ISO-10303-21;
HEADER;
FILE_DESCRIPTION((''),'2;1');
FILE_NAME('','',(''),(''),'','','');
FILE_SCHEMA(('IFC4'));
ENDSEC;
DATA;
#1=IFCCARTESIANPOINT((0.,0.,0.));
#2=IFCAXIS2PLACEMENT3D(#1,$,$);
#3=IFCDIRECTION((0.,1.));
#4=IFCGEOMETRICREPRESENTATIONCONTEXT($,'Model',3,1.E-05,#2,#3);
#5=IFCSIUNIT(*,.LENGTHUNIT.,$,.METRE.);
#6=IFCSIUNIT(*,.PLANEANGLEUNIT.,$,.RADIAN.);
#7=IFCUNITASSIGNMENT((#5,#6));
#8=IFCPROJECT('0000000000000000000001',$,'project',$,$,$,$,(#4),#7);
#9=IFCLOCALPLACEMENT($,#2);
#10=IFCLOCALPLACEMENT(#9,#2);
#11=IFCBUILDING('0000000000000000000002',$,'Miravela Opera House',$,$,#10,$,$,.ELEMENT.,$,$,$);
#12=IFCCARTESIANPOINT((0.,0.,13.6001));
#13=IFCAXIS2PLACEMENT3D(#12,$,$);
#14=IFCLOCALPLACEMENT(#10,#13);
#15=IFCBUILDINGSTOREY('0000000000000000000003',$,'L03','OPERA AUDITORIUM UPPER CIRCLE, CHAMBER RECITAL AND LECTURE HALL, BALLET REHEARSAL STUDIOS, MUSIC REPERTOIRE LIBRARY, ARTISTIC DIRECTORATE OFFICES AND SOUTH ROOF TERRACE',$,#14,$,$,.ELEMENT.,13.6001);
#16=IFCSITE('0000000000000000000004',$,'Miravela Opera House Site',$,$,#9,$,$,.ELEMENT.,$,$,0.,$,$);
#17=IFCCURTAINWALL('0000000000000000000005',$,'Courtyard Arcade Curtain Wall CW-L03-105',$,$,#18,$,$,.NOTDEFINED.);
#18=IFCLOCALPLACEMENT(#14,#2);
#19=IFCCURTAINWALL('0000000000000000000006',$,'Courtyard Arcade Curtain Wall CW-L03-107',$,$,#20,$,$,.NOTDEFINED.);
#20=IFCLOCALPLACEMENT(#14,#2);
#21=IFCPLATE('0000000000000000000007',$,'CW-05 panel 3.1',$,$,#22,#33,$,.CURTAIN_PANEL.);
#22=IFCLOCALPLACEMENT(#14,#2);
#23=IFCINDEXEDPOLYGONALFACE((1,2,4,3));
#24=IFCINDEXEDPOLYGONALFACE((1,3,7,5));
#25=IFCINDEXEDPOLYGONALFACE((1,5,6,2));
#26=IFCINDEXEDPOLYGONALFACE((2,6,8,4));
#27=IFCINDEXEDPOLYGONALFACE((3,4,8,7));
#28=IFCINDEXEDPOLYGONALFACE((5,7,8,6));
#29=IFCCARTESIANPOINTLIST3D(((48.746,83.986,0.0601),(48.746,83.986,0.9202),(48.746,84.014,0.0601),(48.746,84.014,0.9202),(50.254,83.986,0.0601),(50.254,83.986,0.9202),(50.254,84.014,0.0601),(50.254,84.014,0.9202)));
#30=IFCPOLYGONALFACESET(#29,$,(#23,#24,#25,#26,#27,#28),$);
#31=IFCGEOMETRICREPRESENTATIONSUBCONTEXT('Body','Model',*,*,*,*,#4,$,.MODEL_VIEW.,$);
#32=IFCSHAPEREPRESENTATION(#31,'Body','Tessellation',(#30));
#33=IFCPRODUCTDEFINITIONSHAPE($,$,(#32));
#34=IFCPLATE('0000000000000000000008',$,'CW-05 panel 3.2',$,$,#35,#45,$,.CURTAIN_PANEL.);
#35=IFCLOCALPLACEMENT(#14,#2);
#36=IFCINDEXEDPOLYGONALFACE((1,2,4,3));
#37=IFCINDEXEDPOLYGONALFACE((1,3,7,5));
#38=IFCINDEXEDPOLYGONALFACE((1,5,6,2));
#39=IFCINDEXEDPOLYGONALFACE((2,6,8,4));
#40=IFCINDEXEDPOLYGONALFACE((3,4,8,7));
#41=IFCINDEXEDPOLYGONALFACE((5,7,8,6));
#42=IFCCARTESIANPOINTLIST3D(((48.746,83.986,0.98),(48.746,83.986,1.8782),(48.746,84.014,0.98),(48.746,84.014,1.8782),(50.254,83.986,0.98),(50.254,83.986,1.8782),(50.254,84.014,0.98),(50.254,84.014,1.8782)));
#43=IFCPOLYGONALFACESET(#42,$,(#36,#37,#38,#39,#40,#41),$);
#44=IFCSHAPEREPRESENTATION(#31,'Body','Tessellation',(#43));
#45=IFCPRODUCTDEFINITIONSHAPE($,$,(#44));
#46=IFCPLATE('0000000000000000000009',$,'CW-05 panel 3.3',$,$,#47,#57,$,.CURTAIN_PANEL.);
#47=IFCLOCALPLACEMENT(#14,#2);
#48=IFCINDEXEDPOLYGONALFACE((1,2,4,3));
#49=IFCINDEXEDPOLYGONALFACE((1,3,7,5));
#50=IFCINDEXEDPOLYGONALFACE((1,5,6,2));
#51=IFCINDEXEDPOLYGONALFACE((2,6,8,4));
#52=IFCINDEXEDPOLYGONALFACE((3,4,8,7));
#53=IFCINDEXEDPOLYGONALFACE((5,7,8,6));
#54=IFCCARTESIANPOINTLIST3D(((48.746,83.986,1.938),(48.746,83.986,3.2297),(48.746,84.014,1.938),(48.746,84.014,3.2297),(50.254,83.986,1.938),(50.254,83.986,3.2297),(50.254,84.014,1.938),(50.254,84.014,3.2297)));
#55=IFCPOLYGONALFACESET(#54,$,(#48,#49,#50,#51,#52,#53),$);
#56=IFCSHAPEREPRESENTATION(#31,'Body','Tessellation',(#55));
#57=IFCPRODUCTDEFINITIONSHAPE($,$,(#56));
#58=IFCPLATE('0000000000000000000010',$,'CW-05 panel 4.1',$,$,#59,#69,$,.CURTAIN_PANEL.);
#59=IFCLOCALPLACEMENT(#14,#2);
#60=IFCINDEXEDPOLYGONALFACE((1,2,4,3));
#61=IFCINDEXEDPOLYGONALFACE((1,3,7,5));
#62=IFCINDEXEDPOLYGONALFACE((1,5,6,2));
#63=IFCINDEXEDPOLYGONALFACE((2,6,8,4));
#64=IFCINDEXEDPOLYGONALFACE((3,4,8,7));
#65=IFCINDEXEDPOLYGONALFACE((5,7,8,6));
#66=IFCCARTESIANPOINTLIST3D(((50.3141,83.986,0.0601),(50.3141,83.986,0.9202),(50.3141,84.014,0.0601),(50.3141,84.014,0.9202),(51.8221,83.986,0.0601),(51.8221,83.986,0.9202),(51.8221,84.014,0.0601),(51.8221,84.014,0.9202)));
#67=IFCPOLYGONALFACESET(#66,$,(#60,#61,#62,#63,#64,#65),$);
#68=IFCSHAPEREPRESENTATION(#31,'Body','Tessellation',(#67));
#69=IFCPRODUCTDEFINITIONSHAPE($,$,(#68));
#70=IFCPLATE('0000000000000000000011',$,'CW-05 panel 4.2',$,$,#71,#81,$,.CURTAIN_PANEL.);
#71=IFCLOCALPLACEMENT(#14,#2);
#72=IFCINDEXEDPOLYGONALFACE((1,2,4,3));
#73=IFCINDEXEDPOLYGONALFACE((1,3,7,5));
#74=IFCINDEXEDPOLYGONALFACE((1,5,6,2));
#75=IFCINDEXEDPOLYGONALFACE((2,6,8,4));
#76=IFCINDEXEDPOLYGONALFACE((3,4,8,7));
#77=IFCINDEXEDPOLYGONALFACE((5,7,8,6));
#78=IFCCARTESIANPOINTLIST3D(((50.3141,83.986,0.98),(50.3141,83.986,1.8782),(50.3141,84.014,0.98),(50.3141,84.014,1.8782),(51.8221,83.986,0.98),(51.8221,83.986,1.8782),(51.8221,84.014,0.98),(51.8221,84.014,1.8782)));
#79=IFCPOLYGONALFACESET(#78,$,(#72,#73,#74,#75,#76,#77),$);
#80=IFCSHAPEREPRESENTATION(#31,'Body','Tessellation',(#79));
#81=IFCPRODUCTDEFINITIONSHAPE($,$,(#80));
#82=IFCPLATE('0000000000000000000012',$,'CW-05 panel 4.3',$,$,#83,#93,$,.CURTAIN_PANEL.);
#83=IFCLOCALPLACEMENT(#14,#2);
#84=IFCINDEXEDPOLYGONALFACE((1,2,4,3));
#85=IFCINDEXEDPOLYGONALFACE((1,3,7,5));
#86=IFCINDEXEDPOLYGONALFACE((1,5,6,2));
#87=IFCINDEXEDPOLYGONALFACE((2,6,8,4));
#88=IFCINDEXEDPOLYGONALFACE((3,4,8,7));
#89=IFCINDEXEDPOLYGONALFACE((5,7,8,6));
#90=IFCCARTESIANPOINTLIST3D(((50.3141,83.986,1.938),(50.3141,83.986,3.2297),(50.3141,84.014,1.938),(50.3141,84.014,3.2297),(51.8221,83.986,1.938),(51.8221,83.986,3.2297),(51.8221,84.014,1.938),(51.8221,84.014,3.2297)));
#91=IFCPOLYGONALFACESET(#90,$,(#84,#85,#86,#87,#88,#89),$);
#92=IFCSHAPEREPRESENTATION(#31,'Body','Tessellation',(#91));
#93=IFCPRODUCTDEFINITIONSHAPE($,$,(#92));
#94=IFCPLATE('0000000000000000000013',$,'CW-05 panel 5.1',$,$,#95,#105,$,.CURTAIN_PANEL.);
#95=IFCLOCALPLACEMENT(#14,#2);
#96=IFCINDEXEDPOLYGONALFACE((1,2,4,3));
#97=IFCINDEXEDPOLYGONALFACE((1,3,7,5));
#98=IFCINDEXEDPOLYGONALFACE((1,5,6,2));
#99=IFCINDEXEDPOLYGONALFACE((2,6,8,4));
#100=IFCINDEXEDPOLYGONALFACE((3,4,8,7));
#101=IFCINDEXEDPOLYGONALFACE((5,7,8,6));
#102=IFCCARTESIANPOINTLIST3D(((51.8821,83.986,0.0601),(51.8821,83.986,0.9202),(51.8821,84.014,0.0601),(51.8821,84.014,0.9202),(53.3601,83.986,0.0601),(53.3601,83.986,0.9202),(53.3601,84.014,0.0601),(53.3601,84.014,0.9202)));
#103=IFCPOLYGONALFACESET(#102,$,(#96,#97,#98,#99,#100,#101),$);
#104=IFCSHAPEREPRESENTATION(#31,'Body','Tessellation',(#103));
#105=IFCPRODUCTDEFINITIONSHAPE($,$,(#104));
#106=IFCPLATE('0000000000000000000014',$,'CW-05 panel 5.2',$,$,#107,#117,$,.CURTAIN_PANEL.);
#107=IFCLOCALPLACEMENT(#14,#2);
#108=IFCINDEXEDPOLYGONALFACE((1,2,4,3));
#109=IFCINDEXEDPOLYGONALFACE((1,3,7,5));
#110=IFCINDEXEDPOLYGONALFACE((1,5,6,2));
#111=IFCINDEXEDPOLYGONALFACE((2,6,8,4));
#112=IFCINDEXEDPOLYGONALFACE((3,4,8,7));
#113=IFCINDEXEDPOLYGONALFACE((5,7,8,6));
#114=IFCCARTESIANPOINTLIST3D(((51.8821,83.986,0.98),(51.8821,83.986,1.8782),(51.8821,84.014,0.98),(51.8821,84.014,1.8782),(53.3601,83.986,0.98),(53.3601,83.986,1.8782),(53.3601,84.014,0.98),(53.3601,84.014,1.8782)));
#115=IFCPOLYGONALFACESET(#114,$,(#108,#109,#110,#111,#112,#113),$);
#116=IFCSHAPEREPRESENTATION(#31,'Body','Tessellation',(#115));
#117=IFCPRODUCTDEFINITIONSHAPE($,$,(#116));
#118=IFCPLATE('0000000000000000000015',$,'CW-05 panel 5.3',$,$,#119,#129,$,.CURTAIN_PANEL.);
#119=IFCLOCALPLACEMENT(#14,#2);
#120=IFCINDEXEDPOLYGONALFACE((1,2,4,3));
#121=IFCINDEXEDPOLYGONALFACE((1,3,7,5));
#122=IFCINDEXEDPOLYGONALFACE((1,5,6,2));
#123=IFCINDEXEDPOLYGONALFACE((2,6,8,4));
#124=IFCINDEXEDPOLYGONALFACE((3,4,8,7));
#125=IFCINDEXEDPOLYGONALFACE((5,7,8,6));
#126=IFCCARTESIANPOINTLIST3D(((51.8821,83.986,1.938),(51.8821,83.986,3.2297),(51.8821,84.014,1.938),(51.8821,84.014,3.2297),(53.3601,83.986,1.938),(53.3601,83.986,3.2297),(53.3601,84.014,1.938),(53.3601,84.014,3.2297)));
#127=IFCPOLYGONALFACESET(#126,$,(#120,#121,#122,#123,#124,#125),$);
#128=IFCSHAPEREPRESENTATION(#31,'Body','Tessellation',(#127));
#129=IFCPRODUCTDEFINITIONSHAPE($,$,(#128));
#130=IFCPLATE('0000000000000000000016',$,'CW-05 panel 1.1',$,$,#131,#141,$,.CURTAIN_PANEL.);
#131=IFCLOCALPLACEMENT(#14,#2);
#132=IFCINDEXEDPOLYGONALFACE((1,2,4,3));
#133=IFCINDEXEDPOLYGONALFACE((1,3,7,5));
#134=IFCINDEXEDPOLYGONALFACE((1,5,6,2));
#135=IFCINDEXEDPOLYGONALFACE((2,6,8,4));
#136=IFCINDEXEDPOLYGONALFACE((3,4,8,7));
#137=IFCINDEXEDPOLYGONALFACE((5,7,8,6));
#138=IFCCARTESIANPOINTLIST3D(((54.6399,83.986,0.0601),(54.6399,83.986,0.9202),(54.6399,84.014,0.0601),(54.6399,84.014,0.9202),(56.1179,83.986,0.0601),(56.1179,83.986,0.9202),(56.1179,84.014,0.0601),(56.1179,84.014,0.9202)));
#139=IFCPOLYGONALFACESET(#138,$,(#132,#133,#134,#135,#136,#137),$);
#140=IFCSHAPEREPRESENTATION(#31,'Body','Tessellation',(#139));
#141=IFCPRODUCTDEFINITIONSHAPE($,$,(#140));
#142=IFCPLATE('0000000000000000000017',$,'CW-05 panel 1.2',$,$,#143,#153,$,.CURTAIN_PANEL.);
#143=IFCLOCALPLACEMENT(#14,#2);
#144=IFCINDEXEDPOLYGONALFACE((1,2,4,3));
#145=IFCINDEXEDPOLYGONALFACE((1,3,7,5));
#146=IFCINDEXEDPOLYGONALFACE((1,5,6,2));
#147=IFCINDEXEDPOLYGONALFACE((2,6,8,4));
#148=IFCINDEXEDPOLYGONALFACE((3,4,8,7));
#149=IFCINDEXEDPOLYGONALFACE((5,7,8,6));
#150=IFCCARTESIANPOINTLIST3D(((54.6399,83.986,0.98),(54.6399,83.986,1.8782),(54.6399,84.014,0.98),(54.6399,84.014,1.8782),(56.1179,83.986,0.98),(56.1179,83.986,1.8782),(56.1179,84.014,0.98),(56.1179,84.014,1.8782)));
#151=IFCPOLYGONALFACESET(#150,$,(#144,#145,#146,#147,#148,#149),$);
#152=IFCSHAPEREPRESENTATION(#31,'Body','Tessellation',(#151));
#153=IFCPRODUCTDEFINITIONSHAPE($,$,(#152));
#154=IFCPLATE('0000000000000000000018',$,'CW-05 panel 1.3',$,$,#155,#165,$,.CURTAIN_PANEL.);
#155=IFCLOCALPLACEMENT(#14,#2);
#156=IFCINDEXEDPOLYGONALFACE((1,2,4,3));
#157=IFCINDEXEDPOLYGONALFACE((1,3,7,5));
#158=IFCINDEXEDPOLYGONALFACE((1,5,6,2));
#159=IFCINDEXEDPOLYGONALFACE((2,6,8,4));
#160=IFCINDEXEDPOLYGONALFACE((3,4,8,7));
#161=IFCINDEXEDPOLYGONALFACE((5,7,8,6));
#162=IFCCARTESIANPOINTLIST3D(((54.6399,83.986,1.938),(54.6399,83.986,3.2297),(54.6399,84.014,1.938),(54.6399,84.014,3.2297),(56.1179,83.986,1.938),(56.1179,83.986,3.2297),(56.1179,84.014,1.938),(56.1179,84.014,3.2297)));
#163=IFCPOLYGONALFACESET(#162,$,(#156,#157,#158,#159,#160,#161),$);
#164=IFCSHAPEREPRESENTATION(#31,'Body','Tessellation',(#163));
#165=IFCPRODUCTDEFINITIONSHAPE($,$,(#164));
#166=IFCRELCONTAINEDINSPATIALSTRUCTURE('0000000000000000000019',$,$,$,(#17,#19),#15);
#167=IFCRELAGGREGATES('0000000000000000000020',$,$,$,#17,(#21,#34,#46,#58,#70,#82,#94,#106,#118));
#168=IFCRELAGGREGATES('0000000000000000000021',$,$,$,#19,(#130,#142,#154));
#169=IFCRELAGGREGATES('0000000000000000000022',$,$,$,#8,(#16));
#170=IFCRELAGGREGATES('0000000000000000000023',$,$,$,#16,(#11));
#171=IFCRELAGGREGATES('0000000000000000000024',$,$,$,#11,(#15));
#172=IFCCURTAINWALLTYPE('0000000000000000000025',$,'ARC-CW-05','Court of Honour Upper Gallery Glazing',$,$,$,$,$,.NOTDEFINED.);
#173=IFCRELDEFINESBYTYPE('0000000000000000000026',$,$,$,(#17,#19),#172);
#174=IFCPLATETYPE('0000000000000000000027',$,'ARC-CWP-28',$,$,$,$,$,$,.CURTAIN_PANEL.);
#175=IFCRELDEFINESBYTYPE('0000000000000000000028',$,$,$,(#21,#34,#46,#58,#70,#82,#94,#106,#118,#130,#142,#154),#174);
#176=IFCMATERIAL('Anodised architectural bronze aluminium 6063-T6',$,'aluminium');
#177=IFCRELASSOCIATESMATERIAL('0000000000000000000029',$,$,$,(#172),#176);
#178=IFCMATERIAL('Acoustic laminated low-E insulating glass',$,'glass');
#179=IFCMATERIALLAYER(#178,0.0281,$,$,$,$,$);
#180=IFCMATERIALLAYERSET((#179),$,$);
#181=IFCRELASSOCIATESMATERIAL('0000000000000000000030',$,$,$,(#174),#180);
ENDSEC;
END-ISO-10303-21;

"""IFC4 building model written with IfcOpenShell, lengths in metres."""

from ifc_helpers import new_model, si_unit, direction, frame, origin, origin_2d, place, context, subcontext, project, spatial, rectangle, extrude, material, layer, layer_set, type_object, element, aggregate, save


model = new_model("IFC4")

# Units and contexts
model_context = context("Model", 3, precision=1e-05, world=origin(), true_north=direction((0.0, 1.0)))
body_context = subcontext(model_context, "Body", "Model", "MODEL_VIEW")
ifc_project = project(units=[si_unit("LENGTHUNIT", "METRE"), si_unit("PLANEANGLEUNIT", "RADIAN")], contexts=[model_context])

# Site, building, storey
site_placement = place(None, origin())
site = spatial("IfcSite", under=ifc_project, at=site_placement, Name="Miravela Opera House Site", CompositionType="ELEMENT", RefElevation=0.0)
building_placement = place(site_placement, origin())
building = spatial("IfcBuilding", under=site, at=building_placement, Name="Miravela Opera House", CompositionType="ELEMENT")
storey_placement = place(building_placement, frame((0.0, 0.0, 13.6001)))
storey = spatial("IfcBuildingStorey", under=building, at=storey_placement, Name="L03", Description="OPERA AUDITORIUM UPPER CIRCLE, CHAMBER RECITAL AND LECTURE HALL, BALLET REHEARSAL STUDIOS, MUSIC REPERTOIRE LIBRARY, ARTISTIC DIRECTORATE OFFICES AND SOUTH ROOF TERRACE", CompositionType="ELEMENT", Elevation=13.6001)

# Curtain walls
ifc_material_1 = material(Name="Anodised architectural bronze aluminium 6063-T6", Category="aluminium")
curtain_wall_type = type_object("IfcCurtainWallType", Name="ARC-CW-05", Description="Court of Honour Upper Gallery Glazing", PredefinedType="NOTDEFINED", material=ifc_material_1)
curtain_wall_1_placement = place(storey_placement, origin())
curtain_wall_1 = element("IfcCurtainWall", 1, at=curtain_wall_1_placement, inside=storey, type_object=curtain_wall_type, Name="Courtyard Arcade Curtain Wall CW-L03-105", PredefinedType="NOTDEFINED")
curtain_wall_2_placement = place(storey_placement, origin())
curtain_wall_2 = element("IfcCurtainWall", 2, at=curtain_wall_2_placement, inside=storey, type_object=curtain_wall_type, Name="Courtyard Arcade Curtain Wall CW-L03-107", PredefinedType="NOTDEFINED")

# Plates
ifc_material_2 = material(Name="Acoustic laminated low-E insulating glass", Category="glass")
ifc_layer = layer(ifc_material_2, 0.0281)
ifc_layer_set = layer_set([ifc_layer])
plate_type = type_object("IfcPlateType", Name="ARC-CWP-28", PredefinedType="CURTAIN_PANEL", material=ifc_layer_set)
plate_1_placement = place(storey_placement, frame((49.5, 84.0, 0.0601), z_axis=(0.0, 0.0, 1.0), x_axis=(1.0, 0.0, 0.0)))
plate_1 = element("IfcPlate", 3, at=plate_1_placement, type_object=plate_type, Name="CW-05 panel 3.1", PredefinedType="CURTAIN_PANEL", context=body_context, shape_type="SweptSolid", body=[
    extrude(rectangle(XDim=1.5081, YDim=0.0281, at=origin_2d()), origin(), (0.0, 0.0, 1.0), 0.8601),
])
plate_2_placement = place(storey_placement, frame((49.5, 84.0, 0.98), z_axis=(0.0, 0.0, 1.0), x_axis=(1.0, 0.0, 0.0)))
plate_2 = element("IfcPlate", 4, at=plate_2_placement, type_object=plate_type, Name="CW-05 panel 3.2", PredefinedType="CURTAIN_PANEL", context=body_context, shape_type="SweptSolid", body=[
    extrude(rectangle(XDim=1.5081, YDim=0.0281, at=origin_2d()), origin(), (0.0, 0.0, 1.0), 0.8982),
])
plate_3_placement = place(storey_placement, frame((49.5, 84.0, 1.938), z_axis=(0.0, 0.0, 1.0), x_axis=(1.0, 0.0, 0.0)))
plate_3 = element("IfcPlate", 5, at=plate_3_placement, type_object=plate_type, Name="CW-05 panel 3.3", PredefinedType="CURTAIN_PANEL", context=body_context, shape_type="SweptSolid", body=[
    extrude(rectangle(XDim=1.5081, YDim=0.0281, at=origin_2d()), origin(), (0.0, 0.0, 1.0), 1.2917),
])
plate_4_placement = place(storey_placement, frame((51.0681, 84.0, 0.0601), z_axis=(0.0, 0.0, 1.0), x_axis=(1.0, 0.0, 0.0)))
plate_4 = element("IfcPlate", 6, at=plate_4_placement, type_object=plate_type, Name="CW-05 panel 4.1", PredefinedType="CURTAIN_PANEL", context=body_context, shape_type="SweptSolid", body=[
    extrude(rectangle(XDim=1.5081, YDim=0.0281, at=origin_2d()), origin(), (0.0, 0.0, 1.0), 0.8601),
])
plate_5_placement = place(storey_placement, frame((51.0681, 84.0, 0.98), z_axis=(0.0, 0.0, 1.0), x_axis=(1.0, 0.0, 0.0)))
plate_5 = element("IfcPlate", 7, at=plate_5_placement, type_object=plate_type, Name="CW-05 panel 4.2", PredefinedType="CURTAIN_PANEL", context=body_context, shape_type="SweptSolid", body=[
    extrude(rectangle(XDim=1.5081, YDim=0.0281, at=origin_2d()), origin(), (0.0, 0.0, 1.0), 0.8982),
])
plate_6_placement = place(storey_placement, frame((51.0681, 84.0, 1.938), z_axis=(0.0, 0.0, 1.0), x_axis=(1.0, 0.0, 0.0)))
plate_6 = element("IfcPlate", 8, at=plate_6_placement, type_object=plate_type, Name="CW-05 panel 4.3", PredefinedType="CURTAIN_PANEL", context=body_context, shape_type="SweptSolid", body=[
    extrude(rectangle(XDim=1.5081, YDim=0.0281, at=origin_2d()), origin(), (0.0, 0.0, 1.0), 1.2917),
])
plate_7_placement = place(storey_placement, frame((52.6211, 84.0, 0.0601), z_axis=(0.0, 0.0, 1.0), x_axis=(1.0, 0.0, 0.0)))
plate_7 = element("IfcPlate", 9, at=plate_7_placement, type_object=plate_type, Name="CW-05 panel 5.1", PredefinedType="CURTAIN_PANEL", context=body_context, shape_type="SweptSolid", body=[
    extrude(rectangle(XDim=1.478, YDim=0.0281, at=origin_2d()), origin(), (0.0, 0.0, 1.0), 0.8601),
])
plate_8_placement = place(storey_placement, frame((52.6211, 84.0, 0.98), z_axis=(0.0, 0.0, 1.0), x_axis=(1.0, 0.0, 0.0)))
plate_8 = element("IfcPlate", 10, at=plate_8_placement, type_object=plate_type, Name="CW-05 panel 5.2", PredefinedType="CURTAIN_PANEL", context=body_context, shape_type="SweptSolid", body=[
    extrude(rectangle(XDim=1.478, YDim=0.0281, at=origin_2d()), origin(), (0.0, 0.0, 1.0), 0.8982),
])
plate_9_placement = place(storey_placement, frame((52.6211, 84.0, 1.938), z_axis=(0.0, 0.0, 1.0), x_axis=(1.0, 0.0, 0.0)))
plate_9 = element("IfcPlate", 11, at=plate_9_placement, type_object=plate_type, Name="CW-05 panel 5.3", PredefinedType="CURTAIN_PANEL", context=body_context, shape_type="SweptSolid", body=[
    extrude(rectangle(XDim=1.478, YDim=0.0281, at=origin_2d()), origin(), (0.0, 0.0, 1.0), 1.2917),
])
aggregate(curtain_wall_1, [plate_1, plate_2, plate_3, plate_4, plate_5, plate_6, plate_7, plate_8, plate_9])
plate_10_placement = place(storey_placement, frame((55.3789, 84.0, 0.0601), z_axis=(0.0, 0.0, 1.0), x_axis=(1.0, 0.0, 0.0)))
plate_10 = element("IfcPlate", 12, at=plate_10_placement, type_object=plate_type, Name="CW-05 panel 1.1", PredefinedType="CURTAIN_PANEL", context=body_context, shape_type="SweptSolid", body=[
    extrude(rectangle(XDim=1.478, YDim=0.0281, at=origin_2d()), origin(), (0.0, 0.0, 1.0), 0.8601),
])
plate_11_placement = place(storey_placement, frame((55.3789, 84.0, 0.98), z_axis=(0.0, 0.0, 1.0), x_axis=(1.0, 0.0, 0.0)))
plate_11 = element("IfcPlate", 13, at=plate_11_placement, type_object=plate_type, Name="CW-05 panel 1.2", PredefinedType="CURTAIN_PANEL", context=body_context, shape_type="SweptSolid", body=[
    extrude(rectangle(XDim=1.478, YDim=0.0281, at=origin_2d()), origin(), (0.0, 0.0, 1.0), 0.8982),
])
plate_12_placement = place(storey_placement, frame((55.3789, 84.0, 1.938), z_axis=(0.0, 0.0, 1.0), x_axis=(1.0, 0.0, 0.0)))
plate_12 = element("IfcPlate", 14, at=plate_12_placement, type_object=plate_type, Name="CW-05 panel 1.3", PredefinedType="CURTAIN_PANEL", context=body_context, shape_type="SweptSolid", body=[
    extrude(rectangle(XDim=1.478, YDim=0.0281, at=origin_2d()), origin(), (0.0, 0.0, 1.0), 1.2917),
])
aggregate(curtain_wall_2, [plate_10, plate_11, plate_12])

save(model, "model.ifc")
